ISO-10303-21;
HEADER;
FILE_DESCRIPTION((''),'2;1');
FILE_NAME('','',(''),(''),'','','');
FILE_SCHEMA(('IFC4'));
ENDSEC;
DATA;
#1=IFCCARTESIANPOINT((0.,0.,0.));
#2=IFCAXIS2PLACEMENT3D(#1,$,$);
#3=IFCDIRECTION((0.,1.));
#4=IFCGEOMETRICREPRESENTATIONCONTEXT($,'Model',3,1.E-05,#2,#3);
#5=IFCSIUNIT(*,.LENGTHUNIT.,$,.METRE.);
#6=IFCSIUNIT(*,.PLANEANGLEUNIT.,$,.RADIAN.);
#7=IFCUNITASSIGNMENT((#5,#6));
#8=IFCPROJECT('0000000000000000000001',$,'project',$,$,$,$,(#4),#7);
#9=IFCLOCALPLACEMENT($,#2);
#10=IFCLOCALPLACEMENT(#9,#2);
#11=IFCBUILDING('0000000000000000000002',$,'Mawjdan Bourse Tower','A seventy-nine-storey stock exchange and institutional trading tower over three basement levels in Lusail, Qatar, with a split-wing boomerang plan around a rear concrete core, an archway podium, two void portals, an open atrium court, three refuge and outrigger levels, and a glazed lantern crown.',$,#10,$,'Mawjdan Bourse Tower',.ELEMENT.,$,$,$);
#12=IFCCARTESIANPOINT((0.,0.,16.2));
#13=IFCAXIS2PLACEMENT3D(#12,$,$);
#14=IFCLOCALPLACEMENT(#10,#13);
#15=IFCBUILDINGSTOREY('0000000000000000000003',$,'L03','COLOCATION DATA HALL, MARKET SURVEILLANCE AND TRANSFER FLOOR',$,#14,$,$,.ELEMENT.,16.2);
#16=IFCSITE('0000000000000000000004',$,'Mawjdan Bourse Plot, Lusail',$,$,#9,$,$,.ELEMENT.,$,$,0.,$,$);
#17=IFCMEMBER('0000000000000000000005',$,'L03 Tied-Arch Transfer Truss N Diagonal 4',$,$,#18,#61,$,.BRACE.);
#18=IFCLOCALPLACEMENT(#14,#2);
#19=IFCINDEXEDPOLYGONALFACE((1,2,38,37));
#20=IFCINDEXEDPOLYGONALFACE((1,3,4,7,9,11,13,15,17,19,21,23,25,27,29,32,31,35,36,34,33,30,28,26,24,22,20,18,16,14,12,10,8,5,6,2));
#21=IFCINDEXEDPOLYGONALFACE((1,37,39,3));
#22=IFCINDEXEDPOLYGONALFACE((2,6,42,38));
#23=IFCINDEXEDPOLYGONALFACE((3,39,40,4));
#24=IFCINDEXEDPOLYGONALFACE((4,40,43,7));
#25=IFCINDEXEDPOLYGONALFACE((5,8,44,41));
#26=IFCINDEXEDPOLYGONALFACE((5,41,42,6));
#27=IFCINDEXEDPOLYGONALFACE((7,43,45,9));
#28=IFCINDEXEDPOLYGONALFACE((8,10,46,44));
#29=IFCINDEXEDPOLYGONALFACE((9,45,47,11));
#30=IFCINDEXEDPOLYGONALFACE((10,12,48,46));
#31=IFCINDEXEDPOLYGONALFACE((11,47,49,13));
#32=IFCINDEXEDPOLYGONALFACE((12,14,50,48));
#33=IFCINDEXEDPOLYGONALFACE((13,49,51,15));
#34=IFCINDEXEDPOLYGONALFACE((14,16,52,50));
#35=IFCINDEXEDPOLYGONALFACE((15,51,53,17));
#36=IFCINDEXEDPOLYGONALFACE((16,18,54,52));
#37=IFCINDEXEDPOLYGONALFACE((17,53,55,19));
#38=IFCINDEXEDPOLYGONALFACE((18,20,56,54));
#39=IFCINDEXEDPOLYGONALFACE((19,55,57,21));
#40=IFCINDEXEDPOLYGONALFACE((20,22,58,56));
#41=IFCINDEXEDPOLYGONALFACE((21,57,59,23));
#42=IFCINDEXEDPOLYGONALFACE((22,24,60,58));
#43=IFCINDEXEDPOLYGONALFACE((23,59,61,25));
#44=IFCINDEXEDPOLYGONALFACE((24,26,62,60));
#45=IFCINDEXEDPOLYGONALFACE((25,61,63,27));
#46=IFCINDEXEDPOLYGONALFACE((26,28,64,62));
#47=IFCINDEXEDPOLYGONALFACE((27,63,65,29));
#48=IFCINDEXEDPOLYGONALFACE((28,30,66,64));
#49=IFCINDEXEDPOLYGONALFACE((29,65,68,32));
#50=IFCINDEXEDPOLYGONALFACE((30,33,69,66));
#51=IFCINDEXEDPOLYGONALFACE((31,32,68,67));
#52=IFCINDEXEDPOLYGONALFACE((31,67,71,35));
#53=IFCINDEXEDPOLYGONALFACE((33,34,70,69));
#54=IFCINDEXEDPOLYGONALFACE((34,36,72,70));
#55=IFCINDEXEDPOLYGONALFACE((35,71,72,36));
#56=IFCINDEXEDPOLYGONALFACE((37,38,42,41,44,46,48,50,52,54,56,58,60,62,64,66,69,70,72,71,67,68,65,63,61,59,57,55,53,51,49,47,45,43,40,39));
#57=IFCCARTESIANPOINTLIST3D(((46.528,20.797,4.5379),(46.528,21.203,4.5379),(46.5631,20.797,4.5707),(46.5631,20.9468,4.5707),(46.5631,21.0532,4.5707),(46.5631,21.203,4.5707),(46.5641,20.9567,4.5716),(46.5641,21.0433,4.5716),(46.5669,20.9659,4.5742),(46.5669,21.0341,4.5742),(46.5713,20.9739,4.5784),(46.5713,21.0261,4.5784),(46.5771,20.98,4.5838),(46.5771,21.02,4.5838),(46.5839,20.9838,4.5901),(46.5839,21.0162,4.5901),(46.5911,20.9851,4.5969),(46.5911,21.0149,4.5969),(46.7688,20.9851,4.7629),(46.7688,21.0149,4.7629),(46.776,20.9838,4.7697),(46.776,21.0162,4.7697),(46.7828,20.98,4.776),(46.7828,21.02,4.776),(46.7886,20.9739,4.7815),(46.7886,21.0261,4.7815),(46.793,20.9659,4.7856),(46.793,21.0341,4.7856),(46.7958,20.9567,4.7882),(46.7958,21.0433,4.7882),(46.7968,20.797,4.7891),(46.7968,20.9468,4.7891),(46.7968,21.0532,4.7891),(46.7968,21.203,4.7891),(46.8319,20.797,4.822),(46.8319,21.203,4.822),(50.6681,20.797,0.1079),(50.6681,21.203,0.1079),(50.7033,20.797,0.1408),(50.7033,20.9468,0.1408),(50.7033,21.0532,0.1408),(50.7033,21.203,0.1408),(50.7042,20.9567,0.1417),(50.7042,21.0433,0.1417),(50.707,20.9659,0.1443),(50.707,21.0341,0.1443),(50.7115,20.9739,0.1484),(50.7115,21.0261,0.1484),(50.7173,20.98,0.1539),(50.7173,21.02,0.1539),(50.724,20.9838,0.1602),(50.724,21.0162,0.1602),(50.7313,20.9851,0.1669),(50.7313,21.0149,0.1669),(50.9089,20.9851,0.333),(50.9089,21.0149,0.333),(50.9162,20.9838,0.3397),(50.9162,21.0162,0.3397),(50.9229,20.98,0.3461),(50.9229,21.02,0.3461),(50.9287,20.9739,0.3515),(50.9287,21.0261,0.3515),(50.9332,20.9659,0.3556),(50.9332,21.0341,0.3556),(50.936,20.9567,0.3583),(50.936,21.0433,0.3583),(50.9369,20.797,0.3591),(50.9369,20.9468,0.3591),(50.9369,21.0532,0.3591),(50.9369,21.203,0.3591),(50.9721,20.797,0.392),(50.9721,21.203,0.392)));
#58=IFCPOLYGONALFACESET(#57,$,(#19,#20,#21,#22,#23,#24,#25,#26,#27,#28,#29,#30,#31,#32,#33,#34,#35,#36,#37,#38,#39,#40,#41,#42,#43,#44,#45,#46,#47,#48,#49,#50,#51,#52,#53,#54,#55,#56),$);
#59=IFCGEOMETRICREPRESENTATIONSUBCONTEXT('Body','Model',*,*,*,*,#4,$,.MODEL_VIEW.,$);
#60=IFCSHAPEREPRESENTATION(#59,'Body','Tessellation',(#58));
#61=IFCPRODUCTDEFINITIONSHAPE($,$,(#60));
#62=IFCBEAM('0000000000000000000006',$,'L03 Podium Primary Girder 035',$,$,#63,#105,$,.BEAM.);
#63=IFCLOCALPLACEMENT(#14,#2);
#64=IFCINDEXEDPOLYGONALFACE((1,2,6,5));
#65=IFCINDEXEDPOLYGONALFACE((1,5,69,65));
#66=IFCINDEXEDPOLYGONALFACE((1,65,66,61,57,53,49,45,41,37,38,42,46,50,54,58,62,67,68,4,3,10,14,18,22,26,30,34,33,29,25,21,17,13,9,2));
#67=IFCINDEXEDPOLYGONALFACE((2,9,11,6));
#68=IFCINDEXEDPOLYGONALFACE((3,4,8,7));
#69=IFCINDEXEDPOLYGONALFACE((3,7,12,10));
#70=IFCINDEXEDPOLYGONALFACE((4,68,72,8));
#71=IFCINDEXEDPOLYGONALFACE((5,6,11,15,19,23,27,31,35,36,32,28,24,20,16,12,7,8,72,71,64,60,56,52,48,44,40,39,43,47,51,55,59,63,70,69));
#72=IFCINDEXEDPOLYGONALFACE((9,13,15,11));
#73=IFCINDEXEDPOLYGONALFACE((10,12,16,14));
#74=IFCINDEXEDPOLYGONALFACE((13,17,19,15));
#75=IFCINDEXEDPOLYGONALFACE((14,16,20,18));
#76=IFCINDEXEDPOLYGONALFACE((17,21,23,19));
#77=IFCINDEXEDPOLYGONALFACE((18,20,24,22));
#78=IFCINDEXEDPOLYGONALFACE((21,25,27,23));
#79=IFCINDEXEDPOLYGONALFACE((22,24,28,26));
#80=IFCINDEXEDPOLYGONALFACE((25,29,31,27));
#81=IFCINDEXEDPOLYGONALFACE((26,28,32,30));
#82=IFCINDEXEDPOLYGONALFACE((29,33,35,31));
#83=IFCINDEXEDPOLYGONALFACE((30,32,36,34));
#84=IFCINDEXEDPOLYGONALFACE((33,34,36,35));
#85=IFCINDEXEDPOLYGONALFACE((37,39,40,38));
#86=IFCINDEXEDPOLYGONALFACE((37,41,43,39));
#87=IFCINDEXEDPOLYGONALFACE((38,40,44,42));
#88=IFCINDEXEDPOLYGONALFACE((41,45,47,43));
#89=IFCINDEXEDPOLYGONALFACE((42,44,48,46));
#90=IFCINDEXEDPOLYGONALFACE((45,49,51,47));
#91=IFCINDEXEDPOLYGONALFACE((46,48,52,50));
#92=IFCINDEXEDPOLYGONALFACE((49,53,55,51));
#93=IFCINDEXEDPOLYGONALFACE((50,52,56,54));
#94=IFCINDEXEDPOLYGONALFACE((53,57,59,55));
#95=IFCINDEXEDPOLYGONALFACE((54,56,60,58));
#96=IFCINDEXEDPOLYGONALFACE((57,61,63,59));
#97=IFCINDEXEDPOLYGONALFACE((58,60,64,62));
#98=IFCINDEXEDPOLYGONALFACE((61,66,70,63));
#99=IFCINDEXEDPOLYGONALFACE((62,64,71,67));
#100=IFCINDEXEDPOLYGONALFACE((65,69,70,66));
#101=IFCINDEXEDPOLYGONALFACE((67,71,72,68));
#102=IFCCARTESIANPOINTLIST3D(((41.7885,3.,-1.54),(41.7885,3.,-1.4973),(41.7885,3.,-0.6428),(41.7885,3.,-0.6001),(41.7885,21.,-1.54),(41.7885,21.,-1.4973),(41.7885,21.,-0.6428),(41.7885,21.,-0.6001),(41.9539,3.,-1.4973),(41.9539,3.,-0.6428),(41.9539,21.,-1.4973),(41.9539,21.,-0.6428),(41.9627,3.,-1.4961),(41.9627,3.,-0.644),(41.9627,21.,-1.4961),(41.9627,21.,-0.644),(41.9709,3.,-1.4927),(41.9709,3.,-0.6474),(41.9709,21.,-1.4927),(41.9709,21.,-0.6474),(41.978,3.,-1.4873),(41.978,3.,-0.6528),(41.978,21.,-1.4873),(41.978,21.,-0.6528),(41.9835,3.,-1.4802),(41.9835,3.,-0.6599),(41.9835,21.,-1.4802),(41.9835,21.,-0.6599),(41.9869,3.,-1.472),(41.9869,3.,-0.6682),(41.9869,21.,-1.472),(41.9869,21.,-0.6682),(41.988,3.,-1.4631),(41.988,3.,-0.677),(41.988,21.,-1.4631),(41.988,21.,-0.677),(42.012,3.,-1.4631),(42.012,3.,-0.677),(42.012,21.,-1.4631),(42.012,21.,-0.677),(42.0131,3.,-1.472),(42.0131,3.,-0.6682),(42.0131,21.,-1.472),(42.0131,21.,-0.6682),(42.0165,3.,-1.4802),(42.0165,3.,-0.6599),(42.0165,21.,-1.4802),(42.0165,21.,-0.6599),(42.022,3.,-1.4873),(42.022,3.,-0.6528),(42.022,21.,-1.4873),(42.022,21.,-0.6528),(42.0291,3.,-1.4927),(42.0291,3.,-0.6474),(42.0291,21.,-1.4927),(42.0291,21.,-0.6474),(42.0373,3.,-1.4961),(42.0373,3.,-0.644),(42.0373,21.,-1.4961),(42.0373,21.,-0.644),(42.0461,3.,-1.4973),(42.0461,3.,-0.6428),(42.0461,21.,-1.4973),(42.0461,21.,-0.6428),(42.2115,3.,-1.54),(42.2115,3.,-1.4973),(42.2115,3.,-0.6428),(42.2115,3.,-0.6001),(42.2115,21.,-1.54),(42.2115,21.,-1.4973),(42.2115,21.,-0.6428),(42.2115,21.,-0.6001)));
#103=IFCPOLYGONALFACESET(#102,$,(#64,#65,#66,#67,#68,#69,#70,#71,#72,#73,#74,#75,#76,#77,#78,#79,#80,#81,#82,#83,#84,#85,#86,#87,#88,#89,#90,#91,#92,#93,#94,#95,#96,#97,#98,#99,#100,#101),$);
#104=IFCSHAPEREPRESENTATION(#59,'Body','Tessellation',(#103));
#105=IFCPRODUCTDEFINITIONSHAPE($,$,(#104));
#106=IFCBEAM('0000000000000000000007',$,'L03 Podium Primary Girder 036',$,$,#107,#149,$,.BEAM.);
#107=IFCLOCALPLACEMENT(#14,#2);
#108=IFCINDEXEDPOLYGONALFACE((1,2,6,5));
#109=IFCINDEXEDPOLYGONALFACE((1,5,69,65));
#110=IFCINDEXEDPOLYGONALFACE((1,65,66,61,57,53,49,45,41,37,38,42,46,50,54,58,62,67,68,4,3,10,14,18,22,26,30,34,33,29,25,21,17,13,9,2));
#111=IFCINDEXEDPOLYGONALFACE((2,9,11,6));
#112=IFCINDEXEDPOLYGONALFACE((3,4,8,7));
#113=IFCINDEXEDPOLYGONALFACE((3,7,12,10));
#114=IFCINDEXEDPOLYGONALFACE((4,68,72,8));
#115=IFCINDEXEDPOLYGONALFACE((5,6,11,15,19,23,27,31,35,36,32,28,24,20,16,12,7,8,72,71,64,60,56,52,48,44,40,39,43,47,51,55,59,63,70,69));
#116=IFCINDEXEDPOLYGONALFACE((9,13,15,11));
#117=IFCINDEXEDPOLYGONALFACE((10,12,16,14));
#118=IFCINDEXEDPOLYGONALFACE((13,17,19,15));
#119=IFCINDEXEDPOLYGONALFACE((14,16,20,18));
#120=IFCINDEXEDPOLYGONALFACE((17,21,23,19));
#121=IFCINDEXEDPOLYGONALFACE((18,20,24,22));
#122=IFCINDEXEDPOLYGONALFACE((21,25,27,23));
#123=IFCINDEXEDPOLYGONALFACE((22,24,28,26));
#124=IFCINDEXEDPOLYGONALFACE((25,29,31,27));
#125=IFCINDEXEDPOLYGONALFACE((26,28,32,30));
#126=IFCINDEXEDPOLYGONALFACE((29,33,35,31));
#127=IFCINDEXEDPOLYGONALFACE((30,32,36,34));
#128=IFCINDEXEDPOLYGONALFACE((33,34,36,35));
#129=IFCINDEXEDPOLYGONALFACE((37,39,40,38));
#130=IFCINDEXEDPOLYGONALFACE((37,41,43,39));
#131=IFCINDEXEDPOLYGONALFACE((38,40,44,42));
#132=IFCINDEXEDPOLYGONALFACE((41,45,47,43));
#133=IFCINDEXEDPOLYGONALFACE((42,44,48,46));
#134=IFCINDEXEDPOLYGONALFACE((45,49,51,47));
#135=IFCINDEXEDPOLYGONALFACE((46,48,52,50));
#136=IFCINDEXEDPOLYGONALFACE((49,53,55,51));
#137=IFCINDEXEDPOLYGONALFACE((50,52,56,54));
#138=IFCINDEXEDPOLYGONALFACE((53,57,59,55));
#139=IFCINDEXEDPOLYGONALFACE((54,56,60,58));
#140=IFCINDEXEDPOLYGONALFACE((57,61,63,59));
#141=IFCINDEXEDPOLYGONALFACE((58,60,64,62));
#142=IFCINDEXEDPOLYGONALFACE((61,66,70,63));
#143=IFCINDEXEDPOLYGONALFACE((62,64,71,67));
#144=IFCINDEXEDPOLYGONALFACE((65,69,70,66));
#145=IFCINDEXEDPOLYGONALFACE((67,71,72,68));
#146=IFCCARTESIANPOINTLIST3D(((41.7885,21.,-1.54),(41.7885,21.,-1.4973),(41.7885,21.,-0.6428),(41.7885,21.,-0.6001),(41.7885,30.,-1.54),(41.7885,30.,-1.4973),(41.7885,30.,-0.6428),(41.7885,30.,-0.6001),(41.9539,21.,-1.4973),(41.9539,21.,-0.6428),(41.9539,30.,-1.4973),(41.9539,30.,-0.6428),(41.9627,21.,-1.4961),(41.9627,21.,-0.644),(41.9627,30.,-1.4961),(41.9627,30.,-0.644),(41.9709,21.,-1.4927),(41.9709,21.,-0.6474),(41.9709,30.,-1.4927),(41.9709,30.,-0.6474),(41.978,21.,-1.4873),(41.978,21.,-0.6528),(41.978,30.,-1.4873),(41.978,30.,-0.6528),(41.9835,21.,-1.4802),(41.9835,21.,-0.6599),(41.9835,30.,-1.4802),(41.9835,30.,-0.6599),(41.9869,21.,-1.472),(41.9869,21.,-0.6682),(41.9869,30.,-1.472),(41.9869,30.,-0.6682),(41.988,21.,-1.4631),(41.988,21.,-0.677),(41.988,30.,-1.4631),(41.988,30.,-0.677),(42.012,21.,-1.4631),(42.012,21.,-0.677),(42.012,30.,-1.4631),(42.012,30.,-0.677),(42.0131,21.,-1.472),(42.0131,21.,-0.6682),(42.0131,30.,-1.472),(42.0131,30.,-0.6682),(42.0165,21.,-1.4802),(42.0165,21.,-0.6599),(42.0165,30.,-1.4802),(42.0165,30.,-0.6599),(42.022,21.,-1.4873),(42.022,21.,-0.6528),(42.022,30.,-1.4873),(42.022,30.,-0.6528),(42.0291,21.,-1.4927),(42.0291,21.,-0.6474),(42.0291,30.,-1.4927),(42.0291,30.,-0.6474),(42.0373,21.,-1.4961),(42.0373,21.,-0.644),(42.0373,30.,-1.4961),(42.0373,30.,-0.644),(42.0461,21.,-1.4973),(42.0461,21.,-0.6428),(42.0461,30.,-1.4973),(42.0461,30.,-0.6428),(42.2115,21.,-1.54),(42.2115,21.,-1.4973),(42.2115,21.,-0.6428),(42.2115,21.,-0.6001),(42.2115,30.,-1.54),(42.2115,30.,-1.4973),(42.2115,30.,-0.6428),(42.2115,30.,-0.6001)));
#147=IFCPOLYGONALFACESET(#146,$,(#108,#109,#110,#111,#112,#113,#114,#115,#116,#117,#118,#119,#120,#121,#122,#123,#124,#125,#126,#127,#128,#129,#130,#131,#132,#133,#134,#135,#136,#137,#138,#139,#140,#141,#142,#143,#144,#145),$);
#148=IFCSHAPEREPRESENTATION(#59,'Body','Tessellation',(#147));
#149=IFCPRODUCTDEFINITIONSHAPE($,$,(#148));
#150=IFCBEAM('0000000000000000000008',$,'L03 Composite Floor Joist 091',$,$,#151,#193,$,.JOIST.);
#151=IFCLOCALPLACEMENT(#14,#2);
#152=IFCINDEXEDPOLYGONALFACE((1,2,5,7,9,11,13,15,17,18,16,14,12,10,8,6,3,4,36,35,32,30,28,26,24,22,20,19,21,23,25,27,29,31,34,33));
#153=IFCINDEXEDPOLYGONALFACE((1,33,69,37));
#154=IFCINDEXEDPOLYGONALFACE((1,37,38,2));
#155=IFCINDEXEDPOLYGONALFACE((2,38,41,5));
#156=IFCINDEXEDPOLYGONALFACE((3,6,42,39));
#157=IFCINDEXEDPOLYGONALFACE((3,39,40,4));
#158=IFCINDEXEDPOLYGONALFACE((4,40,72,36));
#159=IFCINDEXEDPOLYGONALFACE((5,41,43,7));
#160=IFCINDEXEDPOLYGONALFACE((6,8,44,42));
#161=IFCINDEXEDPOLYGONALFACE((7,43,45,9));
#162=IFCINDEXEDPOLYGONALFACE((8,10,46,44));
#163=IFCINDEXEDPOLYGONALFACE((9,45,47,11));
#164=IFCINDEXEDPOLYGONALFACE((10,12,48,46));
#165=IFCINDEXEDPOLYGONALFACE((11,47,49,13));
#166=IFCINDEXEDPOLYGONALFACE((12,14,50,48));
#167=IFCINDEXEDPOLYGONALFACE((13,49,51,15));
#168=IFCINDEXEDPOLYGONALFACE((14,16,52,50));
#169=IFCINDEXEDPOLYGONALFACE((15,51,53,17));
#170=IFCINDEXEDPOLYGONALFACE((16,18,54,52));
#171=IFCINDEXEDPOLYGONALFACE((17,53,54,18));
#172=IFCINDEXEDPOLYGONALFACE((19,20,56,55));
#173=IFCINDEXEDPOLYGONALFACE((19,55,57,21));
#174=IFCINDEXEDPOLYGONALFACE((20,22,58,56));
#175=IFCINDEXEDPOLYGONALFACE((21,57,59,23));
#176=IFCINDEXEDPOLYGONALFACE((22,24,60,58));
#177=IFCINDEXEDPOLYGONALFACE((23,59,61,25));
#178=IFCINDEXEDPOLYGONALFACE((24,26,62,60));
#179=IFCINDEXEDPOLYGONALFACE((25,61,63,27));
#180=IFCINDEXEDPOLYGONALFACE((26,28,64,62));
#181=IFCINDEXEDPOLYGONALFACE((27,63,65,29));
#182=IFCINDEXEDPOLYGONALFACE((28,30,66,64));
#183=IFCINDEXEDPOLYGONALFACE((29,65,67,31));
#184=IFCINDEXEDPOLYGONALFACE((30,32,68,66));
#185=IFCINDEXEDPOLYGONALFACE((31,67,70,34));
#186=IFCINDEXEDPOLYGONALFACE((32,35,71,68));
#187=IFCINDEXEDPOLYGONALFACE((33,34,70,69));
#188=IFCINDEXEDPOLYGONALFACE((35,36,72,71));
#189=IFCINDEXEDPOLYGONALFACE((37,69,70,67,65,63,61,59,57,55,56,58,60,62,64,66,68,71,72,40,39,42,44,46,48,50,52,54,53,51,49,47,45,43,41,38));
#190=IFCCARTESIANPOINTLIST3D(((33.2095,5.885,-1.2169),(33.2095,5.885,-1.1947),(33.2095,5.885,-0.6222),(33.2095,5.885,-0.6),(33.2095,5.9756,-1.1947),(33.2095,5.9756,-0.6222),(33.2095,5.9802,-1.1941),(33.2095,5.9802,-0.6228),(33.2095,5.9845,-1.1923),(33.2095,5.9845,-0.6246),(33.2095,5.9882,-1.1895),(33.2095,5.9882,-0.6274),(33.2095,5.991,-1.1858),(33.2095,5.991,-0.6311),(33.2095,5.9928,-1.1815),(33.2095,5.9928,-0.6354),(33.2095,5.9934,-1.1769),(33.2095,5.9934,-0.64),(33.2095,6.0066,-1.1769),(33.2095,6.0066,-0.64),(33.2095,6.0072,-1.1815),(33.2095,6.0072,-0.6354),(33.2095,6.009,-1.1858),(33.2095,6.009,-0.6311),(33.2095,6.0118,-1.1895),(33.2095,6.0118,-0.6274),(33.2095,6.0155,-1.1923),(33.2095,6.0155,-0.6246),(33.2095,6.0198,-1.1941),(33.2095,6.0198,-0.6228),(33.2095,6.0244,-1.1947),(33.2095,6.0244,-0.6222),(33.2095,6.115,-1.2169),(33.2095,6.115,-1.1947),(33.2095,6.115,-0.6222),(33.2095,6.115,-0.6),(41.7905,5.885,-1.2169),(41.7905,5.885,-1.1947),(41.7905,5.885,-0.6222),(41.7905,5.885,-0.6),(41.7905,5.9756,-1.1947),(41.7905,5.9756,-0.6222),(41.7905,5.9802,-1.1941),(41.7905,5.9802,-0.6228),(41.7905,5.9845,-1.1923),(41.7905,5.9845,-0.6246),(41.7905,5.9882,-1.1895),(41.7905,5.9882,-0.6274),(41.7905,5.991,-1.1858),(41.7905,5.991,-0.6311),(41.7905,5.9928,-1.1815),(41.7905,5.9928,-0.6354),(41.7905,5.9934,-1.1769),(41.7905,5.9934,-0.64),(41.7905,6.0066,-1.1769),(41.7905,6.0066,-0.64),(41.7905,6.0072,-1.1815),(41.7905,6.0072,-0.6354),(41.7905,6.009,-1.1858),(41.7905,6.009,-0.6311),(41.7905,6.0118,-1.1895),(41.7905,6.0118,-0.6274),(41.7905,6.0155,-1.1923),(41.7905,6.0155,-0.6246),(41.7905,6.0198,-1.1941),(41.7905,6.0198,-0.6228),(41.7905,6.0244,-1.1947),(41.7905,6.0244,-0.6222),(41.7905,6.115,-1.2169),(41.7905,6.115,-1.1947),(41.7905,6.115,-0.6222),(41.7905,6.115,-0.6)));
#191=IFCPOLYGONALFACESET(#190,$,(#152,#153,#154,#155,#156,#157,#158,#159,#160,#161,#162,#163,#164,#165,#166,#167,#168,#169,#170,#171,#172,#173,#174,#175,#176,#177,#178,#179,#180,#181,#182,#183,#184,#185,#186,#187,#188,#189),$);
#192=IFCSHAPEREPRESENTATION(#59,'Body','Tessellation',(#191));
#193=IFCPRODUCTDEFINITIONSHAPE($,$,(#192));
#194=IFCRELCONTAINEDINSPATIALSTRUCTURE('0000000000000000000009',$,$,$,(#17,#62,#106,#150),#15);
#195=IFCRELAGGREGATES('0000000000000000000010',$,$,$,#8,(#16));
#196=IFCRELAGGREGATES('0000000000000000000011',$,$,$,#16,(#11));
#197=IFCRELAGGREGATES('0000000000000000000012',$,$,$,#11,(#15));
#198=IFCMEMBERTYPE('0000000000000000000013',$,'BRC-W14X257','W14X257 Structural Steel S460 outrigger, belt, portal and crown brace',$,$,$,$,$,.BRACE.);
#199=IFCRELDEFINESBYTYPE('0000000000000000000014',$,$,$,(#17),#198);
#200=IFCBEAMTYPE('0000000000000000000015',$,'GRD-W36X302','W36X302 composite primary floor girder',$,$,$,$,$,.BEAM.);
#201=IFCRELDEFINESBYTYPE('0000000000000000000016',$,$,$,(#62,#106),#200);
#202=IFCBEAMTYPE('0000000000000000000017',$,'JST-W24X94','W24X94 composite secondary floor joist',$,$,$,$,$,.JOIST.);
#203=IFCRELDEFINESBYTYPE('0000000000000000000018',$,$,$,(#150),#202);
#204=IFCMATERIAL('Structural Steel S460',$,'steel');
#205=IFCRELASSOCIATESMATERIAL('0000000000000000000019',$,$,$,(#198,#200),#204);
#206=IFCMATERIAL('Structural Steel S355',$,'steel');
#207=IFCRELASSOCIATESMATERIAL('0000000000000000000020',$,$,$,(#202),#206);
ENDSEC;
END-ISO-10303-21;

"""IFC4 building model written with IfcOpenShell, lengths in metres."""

from ifc_helpers import new_model, si_unit, direction, frame, origin, origin_2d, place, context, subcontext, project, spatial, i_section, extrude, material, material_profile, profile_set, type_object, element, save


model = new_model("IFC4")

# Units and contexts
model_context = context("Model", 3, precision=1e-05, world=origin(), true_north=direction((0.0, 1.0)))
body_context = subcontext(model_context, "Body", "Model", "MODEL_VIEW")
ifc_project = project(units=[si_unit("LENGTHUNIT", "METRE"), si_unit("PLANEANGLEUNIT", "RADIAN")], contexts=[model_context])

# Site, building, storey
site_placement = place(None, origin())
site = spatial("IfcSite", under=ifc_project, at=site_placement, Name="Mawjdan Bourse Plot, Lusail", CompositionType="ELEMENT", RefElevation=0.0)
building_placement = place(site_placement, origin())
building = spatial("IfcBuilding", under=site, at=building_placement, Name="Mawjdan Bourse Tower", Description="A seventy-nine-storey stock exchange and institutional trading tower over three basement levels in Lusail, Qatar, with a split-wing boomerang plan around a rear concrete core, an archway podium, two void portals, an open atrium court, three refuge and outrigger levels, and a glazed lantern crown.", LongName="Mawjdan Bourse Tower", CompositionType="ELEMENT")
storey_placement = place(building_placement, frame((0.0, 0.0, 16.2)))
storey = spatial("IfcBuildingStorey", under=building, at=storey_placement, Name="L03", Description="COLOCATION DATA HALL, MARKET SURVEILLANCE AND TRANSFER FLOOR", CompositionType="ELEMENT", Elevation=16.2)

# Member
ifc_material_1 = material(Name="Structural Steel S460", Category="steel")
ifc_material_profile_1 = material_profile(ifc_material_1, i_section(OverallWidth=0.406, OverallDepth=0.416, WebThickness=0.0298, FlangeThickness=0.0481, FilletRadius=0.0383, at=origin_2d()), Name="W14X257")
ifc_profile_set_1 = profile_set([ifc_material_profile_1], Name="Structural Steel S460")
member_type = type_object("IfcMemberType", Name="BRC-W14X257", Description="W14X257 Structural Steel S460 outrigger, belt, portal and crown brace", PredefinedType="BRACE", material=ifc_profile_set_1)
for number, where, z_axis, x_axis, name in (
    (1, (46.6799, 21.0, 4.6799), (0.682806, 0.0, -0.7306), (0.0, 1.0, 0.0), "L03 Tied-Arch Transfer Truss N Diagonal 4"),
):
    element("IfcMember", number, at=place(storey_placement, frame(where, z_axis=z_axis, x_axis=x_axis)), inside=storey, type_object=member_type, Name=name, PredefinedType="BRACE", context=body_context, shape_type="SweptSolid", body=[
        extrude(i_section(OverallWidth=0.406, OverallDepth=0.416, WebThickness=0.0298, FlangeThickness=0.0481, FilletRadius=0.0383, at=origin_2d()), origin(), (0.0, 0.0, 1.0), 6.0635),
    ])

# Beams
ifc_material_profile_2 = material_profile(ifc_material_1, i_section(OverallWidth=0.4231, OverallDepth=0.9399, WebThickness=0.0239, FlangeThickness=0.0427, FilletRadius=0.0342, at=origin_2d()), Name="W36X302")
ifc_profile_set_2 = profile_set([ifc_material_profile_2], Name="Structural Steel S460")
beam_type_1 = type_object("IfcBeamType", Name="GRD-W36X302", Description="W36X302 composite primary floor girder", PredefinedType="BEAM", material=ifc_profile_set_2)
beam_1_placement = place(storey_placement, frame((42.0, 3.0, -1.0701), z_axis=(0.0, 1.0, 0.0), x_axis=(-1.0, 0.0, 0.0)))
element("IfcBeam", 2, at=beam_1_placement, inside=storey, type_object=beam_type_1, Name="L03 Podium Primary Girder 035", PredefinedType="BEAM", context=body_context, shape_type="SweptSolid", body=[
    extrude(i_section(OverallWidth=0.4231, OverallDepth=0.9399, WebThickness=0.0239, FlangeThickness=0.0427, FilletRadius=0.0342, at=origin_2d()), origin(), (0.0, 0.0, 1.0), 18.0),
])
beam_2_placement = place(storey_placement, frame((42.0, 21.0, -1.0701), z_axis=(0.0, 1.0, 0.0), x_axis=(-1.0, 0.0, 0.0)))
element("IfcBeam", 3, at=beam_2_placement, inside=storey, type_object=beam_type_1, Name="L03 Podium Primary Girder 036", PredefinedType="BEAM", context=body_context, shape_type="SweptSolid", body=[
    extrude(i_section(OverallWidth=0.4231, OverallDepth=0.9399, WebThickness=0.0239, FlangeThickness=0.0427, FilletRadius=0.0342, at=origin_2d()), origin(), (0.0, 0.0, 1.0), 9.0),
])
ifc_material_2 = material(Name="Structural Steel S355", Category="steel")
ifc_material_profile_3 = material_profile(ifc_material_2, i_section(OverallWidth=0.23, OverallDepth=0.6169, WebThickness=0.0132, FlangeThickness=0.0222, FilletRadius=0.0178, at=origin_2d()), Name="W24X94")
ifc_profile_set_3 = profile_set([ifc_material_profile_3], Name="Structural Steel S355")
beam_type_2 = type_object("IfcBeamType", Name="JST-W24X94", Description="W24X94 composite secondary floor joist", PredefinedType="JOIST", material=ifc_profile_set_3)
for number, where, z_axis, x_axis, name in (
    (4, (33.2095, 6.0, -0.9084), (1.0, 0.0, 0.0), (0.0, 1.0, 0.0), "L03 Composite Floor Joist 091"),
):
    element("IfcBeam", number, at=place(storey_placement, frame(where, z_axis=z_axis, x_axis=x_axis)), inside=storey, type_object=beam_type_2, Name=name, PredefinedType="JOIST", context=body_context, shape_type="SweptSolid", body=[
        extrude(i_section(OverallWidth=0.23, OverallDepth=0.6169, WebThickness=0.0132, FlangeThickness=0.0222, FilletRadius=0.0178, at=origin_2d()), origin(), (0.0, 0.0, 1.0), 8.5811),
    ])

save(model, "model.ifc")
